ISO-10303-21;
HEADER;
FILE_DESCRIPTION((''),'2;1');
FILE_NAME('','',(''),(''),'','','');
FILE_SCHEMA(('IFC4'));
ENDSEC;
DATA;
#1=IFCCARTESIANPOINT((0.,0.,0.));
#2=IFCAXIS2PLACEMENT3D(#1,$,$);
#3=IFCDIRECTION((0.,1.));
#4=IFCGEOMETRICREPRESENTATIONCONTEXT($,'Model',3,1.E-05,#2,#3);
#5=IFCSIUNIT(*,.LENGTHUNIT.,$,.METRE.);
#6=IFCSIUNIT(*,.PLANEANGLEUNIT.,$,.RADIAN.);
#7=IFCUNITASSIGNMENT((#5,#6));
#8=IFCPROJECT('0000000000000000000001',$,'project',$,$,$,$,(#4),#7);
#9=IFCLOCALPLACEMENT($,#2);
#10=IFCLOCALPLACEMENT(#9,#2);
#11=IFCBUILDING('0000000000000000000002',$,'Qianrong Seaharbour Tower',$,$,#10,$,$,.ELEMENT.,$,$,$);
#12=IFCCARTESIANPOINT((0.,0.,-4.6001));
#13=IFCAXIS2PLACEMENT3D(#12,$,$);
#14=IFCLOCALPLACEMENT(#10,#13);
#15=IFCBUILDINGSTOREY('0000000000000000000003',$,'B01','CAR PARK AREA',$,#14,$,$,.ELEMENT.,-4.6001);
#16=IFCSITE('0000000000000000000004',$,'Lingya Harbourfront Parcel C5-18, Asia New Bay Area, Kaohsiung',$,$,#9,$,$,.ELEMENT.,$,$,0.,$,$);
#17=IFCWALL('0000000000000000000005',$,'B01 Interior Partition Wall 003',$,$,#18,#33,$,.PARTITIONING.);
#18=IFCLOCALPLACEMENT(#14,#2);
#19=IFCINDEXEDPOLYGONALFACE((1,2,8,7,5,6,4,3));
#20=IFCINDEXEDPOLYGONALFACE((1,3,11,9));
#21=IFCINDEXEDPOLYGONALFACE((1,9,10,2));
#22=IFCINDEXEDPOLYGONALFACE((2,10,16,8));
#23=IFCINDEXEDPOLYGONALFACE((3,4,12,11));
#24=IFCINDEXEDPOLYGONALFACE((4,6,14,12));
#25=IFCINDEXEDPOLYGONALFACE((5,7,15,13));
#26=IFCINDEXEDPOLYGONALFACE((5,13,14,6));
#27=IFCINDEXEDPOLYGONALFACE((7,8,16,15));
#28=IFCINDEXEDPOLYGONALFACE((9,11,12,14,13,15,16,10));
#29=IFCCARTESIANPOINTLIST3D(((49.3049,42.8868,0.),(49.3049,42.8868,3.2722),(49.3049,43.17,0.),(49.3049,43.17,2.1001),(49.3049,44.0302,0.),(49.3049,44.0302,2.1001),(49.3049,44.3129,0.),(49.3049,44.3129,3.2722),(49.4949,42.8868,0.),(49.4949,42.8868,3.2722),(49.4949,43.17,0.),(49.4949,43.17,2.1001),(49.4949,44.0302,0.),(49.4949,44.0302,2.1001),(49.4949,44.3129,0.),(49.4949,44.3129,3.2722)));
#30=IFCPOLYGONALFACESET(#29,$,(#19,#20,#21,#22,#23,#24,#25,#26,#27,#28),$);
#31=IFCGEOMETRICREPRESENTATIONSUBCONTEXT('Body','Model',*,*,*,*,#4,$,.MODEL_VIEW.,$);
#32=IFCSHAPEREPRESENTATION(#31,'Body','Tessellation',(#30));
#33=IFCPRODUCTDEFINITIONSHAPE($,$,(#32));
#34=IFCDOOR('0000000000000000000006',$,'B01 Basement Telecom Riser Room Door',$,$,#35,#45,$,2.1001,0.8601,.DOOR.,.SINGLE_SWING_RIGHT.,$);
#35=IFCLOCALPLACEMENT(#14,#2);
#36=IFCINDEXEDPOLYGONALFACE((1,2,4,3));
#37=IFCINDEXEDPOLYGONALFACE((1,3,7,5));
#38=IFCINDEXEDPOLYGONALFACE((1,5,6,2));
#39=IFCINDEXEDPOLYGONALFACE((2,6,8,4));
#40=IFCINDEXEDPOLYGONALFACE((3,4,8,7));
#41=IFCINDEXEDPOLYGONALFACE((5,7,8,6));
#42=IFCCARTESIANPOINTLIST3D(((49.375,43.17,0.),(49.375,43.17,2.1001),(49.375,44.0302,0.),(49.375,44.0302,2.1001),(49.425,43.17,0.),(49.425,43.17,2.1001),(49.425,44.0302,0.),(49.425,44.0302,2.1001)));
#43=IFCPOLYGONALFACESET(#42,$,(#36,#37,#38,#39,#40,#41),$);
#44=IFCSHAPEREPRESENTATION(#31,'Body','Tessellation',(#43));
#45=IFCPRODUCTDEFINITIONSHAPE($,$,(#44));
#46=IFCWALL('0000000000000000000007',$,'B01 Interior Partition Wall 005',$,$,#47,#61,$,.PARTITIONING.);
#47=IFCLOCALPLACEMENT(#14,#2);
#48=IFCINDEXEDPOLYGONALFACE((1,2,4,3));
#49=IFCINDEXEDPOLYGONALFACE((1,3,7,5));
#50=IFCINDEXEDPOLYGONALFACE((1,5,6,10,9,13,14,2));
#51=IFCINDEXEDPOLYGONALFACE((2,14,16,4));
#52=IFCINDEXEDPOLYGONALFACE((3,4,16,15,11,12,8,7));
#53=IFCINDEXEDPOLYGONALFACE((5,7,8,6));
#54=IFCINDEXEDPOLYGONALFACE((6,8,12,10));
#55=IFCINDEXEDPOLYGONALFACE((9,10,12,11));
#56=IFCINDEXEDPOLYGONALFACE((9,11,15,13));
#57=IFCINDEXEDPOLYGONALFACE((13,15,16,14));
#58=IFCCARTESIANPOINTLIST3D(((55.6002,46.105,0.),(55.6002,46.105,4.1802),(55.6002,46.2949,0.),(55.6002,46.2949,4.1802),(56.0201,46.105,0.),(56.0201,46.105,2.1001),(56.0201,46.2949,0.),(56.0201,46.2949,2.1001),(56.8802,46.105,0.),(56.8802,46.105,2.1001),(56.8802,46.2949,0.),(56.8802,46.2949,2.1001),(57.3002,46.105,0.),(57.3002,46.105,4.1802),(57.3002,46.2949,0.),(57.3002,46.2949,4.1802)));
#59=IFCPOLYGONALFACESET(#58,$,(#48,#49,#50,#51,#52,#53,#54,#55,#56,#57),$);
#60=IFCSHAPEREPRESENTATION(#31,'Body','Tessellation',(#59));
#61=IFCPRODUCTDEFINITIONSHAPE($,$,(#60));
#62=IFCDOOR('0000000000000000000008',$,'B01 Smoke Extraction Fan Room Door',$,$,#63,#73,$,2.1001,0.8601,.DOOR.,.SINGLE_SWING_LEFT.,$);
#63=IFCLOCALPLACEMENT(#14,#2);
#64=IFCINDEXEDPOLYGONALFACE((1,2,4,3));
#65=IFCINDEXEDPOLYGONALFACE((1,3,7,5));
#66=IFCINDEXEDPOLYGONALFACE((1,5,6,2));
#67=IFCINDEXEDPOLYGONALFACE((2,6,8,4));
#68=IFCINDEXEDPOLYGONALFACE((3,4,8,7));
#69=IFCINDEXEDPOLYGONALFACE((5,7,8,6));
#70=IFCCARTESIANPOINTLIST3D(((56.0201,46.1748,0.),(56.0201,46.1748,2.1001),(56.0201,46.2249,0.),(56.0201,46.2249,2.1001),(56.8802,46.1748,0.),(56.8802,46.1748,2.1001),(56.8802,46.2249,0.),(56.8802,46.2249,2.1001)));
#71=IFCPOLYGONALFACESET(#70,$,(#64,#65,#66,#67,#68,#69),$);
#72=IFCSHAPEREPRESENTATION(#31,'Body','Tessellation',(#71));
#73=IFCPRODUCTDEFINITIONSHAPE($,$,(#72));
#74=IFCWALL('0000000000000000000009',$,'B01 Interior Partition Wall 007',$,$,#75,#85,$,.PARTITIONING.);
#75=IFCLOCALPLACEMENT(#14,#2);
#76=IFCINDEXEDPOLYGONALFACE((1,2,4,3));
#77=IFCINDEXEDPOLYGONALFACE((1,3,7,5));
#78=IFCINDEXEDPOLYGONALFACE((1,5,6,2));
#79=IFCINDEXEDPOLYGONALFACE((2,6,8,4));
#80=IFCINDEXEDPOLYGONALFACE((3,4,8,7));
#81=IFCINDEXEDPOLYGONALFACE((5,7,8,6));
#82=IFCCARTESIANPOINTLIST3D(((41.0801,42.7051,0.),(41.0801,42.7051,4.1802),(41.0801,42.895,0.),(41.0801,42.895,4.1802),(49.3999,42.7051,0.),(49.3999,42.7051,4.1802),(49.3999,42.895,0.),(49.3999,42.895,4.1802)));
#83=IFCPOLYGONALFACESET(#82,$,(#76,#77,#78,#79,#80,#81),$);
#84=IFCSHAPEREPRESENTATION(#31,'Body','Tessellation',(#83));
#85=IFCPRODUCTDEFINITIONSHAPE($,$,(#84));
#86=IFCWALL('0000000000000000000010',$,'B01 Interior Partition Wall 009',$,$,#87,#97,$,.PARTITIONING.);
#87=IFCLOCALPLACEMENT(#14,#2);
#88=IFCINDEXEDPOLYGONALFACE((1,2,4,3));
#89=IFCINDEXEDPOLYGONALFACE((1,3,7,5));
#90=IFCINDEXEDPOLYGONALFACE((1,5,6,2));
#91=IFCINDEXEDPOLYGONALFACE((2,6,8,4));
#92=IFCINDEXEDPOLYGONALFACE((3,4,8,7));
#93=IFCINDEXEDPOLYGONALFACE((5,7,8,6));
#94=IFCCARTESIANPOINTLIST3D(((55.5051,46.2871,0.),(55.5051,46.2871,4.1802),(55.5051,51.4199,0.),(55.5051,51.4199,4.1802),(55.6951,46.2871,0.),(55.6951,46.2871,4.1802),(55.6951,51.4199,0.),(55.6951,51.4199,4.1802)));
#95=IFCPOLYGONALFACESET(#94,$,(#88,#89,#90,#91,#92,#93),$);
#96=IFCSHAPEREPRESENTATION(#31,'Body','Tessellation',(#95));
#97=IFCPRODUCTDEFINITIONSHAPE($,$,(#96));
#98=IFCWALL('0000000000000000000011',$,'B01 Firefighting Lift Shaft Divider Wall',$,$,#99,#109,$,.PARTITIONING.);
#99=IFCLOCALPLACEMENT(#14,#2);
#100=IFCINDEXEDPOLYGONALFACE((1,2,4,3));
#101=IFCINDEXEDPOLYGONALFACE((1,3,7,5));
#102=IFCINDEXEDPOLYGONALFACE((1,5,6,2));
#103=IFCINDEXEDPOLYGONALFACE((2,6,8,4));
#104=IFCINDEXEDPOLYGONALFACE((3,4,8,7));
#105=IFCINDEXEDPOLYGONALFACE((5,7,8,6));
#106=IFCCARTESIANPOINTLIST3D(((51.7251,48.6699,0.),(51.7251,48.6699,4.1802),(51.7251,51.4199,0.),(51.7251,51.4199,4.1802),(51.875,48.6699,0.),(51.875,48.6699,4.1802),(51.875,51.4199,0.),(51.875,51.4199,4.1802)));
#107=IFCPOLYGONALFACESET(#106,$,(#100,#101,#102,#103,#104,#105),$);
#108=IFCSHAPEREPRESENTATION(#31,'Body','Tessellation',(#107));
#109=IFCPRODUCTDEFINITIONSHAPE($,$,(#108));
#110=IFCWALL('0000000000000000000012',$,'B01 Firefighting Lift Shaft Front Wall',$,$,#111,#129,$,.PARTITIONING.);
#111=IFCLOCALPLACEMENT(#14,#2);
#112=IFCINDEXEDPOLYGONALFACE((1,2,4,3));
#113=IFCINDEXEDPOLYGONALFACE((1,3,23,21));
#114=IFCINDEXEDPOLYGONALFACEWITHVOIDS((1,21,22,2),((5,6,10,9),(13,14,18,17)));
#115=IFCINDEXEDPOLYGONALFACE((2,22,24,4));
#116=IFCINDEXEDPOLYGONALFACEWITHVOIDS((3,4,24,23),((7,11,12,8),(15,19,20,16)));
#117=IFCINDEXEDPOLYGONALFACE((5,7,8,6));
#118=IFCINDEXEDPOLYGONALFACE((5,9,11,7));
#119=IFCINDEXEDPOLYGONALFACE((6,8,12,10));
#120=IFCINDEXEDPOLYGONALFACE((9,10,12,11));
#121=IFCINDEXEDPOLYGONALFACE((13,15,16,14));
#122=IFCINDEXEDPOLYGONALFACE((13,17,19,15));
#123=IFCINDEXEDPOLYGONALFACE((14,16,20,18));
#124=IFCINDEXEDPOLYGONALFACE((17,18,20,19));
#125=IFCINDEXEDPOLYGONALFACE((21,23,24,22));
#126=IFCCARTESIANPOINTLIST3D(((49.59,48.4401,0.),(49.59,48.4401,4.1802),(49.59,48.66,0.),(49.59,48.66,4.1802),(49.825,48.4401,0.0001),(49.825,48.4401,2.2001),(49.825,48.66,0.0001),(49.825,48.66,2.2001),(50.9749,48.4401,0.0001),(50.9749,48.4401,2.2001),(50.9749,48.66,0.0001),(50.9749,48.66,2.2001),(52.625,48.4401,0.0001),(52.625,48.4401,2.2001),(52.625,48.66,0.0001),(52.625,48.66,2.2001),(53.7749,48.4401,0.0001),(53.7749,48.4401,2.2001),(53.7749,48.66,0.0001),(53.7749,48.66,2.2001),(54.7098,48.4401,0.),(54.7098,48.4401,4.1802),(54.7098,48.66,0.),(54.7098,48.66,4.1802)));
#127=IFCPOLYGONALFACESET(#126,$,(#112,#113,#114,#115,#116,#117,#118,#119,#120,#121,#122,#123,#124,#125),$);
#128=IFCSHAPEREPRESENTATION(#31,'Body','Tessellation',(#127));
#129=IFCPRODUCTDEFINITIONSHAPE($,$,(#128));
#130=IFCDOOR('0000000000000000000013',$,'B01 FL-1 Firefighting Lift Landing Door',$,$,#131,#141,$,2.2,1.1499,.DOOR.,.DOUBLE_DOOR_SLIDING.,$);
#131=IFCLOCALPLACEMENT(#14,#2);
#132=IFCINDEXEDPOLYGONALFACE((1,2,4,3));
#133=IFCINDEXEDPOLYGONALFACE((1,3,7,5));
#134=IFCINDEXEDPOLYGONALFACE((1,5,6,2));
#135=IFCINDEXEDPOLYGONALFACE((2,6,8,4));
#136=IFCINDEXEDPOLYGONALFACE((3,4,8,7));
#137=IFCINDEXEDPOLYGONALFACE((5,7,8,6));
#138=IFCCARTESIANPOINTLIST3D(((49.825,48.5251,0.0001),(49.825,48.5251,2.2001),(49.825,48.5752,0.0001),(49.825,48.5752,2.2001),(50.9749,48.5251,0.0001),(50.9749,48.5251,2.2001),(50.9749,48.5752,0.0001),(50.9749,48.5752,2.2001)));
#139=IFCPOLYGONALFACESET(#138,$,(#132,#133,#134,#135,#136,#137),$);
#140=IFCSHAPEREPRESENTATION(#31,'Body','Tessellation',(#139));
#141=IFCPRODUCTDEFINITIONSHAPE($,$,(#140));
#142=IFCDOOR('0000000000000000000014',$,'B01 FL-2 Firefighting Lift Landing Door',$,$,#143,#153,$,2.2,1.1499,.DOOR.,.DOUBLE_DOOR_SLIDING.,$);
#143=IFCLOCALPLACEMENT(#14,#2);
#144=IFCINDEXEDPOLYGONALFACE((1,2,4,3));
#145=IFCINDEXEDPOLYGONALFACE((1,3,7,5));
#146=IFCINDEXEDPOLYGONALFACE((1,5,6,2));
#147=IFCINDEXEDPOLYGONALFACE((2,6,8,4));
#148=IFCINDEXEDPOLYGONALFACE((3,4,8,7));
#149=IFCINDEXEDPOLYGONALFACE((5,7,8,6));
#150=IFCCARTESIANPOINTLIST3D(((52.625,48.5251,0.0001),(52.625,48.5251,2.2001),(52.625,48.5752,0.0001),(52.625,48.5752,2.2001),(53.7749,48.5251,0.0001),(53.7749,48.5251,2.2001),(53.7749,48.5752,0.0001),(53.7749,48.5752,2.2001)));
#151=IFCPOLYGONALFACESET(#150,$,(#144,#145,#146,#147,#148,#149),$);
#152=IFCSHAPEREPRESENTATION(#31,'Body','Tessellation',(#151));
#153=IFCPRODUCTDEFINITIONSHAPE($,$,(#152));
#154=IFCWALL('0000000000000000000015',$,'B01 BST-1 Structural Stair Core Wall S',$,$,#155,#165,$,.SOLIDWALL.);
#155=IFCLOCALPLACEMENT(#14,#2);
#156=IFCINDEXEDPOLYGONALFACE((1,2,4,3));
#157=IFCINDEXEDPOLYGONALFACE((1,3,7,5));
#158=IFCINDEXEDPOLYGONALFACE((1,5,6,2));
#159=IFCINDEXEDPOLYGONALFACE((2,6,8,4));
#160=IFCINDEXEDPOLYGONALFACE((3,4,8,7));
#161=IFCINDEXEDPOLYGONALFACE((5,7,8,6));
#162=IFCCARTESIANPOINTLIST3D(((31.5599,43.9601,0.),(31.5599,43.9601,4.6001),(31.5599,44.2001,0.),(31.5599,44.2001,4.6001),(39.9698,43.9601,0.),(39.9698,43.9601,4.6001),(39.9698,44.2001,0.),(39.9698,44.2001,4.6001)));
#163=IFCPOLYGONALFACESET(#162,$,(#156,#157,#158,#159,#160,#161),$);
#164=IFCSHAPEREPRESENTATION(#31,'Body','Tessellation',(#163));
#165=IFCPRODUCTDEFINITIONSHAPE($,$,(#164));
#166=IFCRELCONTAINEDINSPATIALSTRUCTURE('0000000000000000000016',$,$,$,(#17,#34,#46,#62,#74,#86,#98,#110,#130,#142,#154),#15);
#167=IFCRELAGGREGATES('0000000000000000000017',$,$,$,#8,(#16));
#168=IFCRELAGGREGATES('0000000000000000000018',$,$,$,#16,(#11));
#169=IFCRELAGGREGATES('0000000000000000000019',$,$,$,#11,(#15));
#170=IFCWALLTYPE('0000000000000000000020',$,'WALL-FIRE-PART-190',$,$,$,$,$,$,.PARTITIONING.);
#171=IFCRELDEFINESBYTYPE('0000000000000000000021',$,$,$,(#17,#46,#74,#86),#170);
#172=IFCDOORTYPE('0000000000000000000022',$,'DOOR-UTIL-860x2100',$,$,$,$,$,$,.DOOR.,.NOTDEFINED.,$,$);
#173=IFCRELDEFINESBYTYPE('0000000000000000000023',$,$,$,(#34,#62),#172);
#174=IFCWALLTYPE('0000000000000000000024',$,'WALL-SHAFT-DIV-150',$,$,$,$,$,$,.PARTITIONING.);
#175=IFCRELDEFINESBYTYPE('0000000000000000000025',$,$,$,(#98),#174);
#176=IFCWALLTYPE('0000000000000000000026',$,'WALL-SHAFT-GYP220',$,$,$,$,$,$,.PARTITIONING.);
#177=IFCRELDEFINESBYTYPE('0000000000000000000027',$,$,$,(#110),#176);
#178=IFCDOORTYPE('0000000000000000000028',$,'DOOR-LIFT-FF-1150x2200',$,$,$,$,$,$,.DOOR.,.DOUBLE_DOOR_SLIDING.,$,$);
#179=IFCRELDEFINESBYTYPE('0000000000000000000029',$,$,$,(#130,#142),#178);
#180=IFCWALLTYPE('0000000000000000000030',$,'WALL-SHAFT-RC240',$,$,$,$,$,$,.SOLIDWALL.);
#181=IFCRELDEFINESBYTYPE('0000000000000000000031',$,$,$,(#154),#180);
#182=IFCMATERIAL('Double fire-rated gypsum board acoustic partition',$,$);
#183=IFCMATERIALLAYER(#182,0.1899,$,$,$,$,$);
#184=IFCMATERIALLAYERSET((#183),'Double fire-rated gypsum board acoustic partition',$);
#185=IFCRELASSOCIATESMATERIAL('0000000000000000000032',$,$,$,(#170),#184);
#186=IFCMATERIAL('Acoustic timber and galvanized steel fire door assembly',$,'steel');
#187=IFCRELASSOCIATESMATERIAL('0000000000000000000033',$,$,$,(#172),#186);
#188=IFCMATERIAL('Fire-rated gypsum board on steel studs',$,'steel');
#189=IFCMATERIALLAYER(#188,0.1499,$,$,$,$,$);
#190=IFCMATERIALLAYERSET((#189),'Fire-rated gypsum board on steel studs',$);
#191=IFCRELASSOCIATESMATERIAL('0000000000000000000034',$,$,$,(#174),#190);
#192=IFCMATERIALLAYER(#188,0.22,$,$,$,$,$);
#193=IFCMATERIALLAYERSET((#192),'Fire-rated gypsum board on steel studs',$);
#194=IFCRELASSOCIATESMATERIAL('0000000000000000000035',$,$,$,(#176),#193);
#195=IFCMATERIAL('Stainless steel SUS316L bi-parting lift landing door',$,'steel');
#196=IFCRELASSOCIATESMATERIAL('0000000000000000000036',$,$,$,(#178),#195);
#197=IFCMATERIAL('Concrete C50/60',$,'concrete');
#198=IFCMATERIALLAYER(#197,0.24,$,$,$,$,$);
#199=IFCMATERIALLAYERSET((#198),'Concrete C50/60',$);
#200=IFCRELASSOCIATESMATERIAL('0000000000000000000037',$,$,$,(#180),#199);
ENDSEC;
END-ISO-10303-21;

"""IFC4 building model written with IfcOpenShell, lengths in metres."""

from ifc_helpers import new_model, si_unit, direction, frame, frame_2d, origin, place, context, subcontext, project, spatial, rectangle, extrude, material, layer, layer_set, type_object, element, fill, save


model = new_model("IFC4")

# Units and contexts
model_context = context("Model", 3, precision=1e-05, world=origin(), true_north=direction((0.0, 1.0)))
body_context = subcontext(model_context, "Body", "Model", "MODEL_VIEW")
ifc_project = project(units=[si_unit("LENGTHUNIT", "METRE"), si_unit("PLANEANGLEUNIT", "RADIAN")], contexts=[model_context])

# Site, building, storey
site_placement = place(None, origin())
site = spatial("IfcSite", under=ifc_project, at=site_placement, Name="Lingya Harbourfront Parcel C5-18, Asia New Bay Area, Kaohsiung", CompositionType="ELEMENT", RefElevation=0.0)
building_placement = place(site_placement, origin())
building = spatial("IfcBuilding", under=site, at=building_placement, Name="Qianrong Seaharbour Tower", CompositionType="ELEMENT")
storey_placement = place(building_placement, frame((0.0, 0.0, -4.6001)))
storey = spatial("IfcBuildingStorey", under=building, at=storey_placement, Name="B01", Description="CAR PARK AREA", CompositionType="ELEMENT", Elevation=-4.6001)

# Walls, openings, doors
ifc_material_1 = material(Name="Double fire-rated gypsum board acoustic partition")
ifc_layer_1 = layer(ifc_material_1, 0.1899)
ifc_layer_set_1 = layer_set([ifc_layer_1], Name="Double fire-rated gypsum board acoustic partition")
wall_type_1 = type_object("IfcWallType", Name="WALL-FIRE-PART-190", PredefinedType="PARTITIONING", material=ifc_layer_set_1)
ifc_material_2 = material(Name="Acoustic timber and galvanized steel fire door assembly", Category="steel")
wall_1_placement = place(storey_placement, frame((49.3999, 42.887, 0.0), z_axis=(0.0, 0.0, 1.0), x_axis=(0.0, 1.0, 0.0)))
wall_1 = element("IfcWall", 1, at=wall_1_placement, inside=storey, type_object=wall_type_1, Name="B01 Interior Partition Wall 003", PredefinedType="PARTITIONING", context=body_context, shape_type="SweptSolid", body=[
    extrude(rectangle(XDim=1.426, YDim=0.1899, at=frame_2d((0.7129, 0.0))), origin(), (0.0, 0.0, 1.0), 3.2722),
])
opening_1_placement = place(wall_1_placement, frame((0.283, 0.0, 0.0)))
opening_1 = element("IfcOpeningElement", 2, at=opening_1_placement, cuts=wall_1, PredefinedType="OPENING", context=body_context, shape_type="SweptSolid", body=[
    extrude(rectangle(XDim=0.8601, YDim=2.1001, at=frame_2d((0.4302, 1.05))), frame((0.0, 0.105, 0.0), z_axis=(0.0, -1.0, 0.0), x_axis=(1.0, 0.0, 0.0)), (0.0, 0.0, 1.0), 0.21),
])
door_type_1 = type_object("IfcDoorType", Name="DOOR-UTIL-860x2100", OperationType="NOTDEFINED", PredefinedType="DOOR", material=ifc_material_2)
door_1_placement = place(opening_1_placement, origin())
door_1 = element("IfcDoor", 3, at=door_1_placement, inside=storey, type_object=door_type_1, Name="B01 Basement Telecom Riser Room Door", OperationType="SINGLE_SWING_RIGHT", OverallHeight=2.1001, OverallWidth=0.8601, PredefinedType="DOOR", context=body_context, shape_type="SweptSolid", body=[
    extrude(rectangle(XDim=0.8601, YDim=2.1001, at=frame_2d((0.4302, 1.05))), frame((0.0, 0.0249, 0.0), z_axis=(0.0, -1.0, 0.0), x_axis=(1.0, 0.0, 0.0)), (0.0, 0.0, 1.0), 0.05),
])
fill(opening_1, door_1)
wall_2_placement = place(storey_placement, frame((55.6001, 46.2, 0.0), z_axis=(0.0, 0.0, 1.0), x_axis=(1.0, 0.0, 0.0)))
wall_2 = element("IfcWall", 4, at=wall_2_placement, inside=storey, type_object=wall_type_1, Name="B01 Interior Partition Wall 005", PredefinedType="PARTITIONING", context=body_context, shape_type="SweptSolid", body=[
    extrude(rectangle(XDim=1.7, YDim=0.1899, at=frame_2d((0.8501, 0.0))), origin(), (0.0, 0.0, 1.0), 4.1802),
])
opening_2_placement = place(wall_2_placement, frame((0.4199, 0.0, 0.0)))
opening_2 = element("IfcOpeningElement", 5, at=opening_2_placement, cuts=wall_2, PredefinedType="OPENING", context=body_context, shape_type="SweptSolid", body=[
    extrude(rectangle(XDim=0.8601, YDim=2.1001, at=frame_2d((0.4302, 1.05))), frame((0.0, 0.105, 0.0), z_axis=(0.0, -1.0, 0.0), x_axis=(1.0, 0.0, 0.0)), (0.0, 0.0, 1.0), 0.21),
])
door_2_placement = place(opening_2_placement, origin())
door_2 = element("IfcDoor", 6, at=door_2_placement, inside=storey, type_object=door_type_1, Name="B01 Smoke Extraction Fan Room Door", OperationType="SINGLE_SWING_LEFT", OverallHeight=2.1001, OverallWidth=0.8601, PredefinedType="DOOR", context=body_context, shape_type="SweptSolid", body=[
    extrude(rectangle(XDim=0.8601, YDim=2.1001, at=frame_2d((0.4302, 1.05))), frame((0.0, 0.0249, 0.0), z_axis=(0.0, -1.0, 0.0), x_axis=(1.0, 0.0, 0.0)), (0.0, 0.0, 1.0), 0.05),
])
fill(opening_2, door_2)

# Walls
wall_3_placement = place(storey_placement, frame((41.0801, 42.8, 0.0), z_axis=(0.0, 0.0, 1.0), x_axis=(1.0, 0.0, 0.0)))
element("IfcWall", 7, at=wall_3_placement, inside=storey, type_object=wall_type_1, Name="B01 Interior Partition Wall 007", PredefinedType="PARTITIONING", context=body_context, shape_type="SweptSolid", body=[
    extrude(rectangle(XDim=8.3198, YDim=0.1899, at=frame_2d((4.1599, 0.0))), origin(), (0.0, 0.0, 1.0), 4.1802),
])
wall_4_placement = place(storey_placement, frame((55.6001, 46.2871, 0.0), z_axis=(0.0, 0.0, 1.0), x_axis=(0.0, 1.0, 0.0)))
element("IfcWall", 8, at=wall_4_placement, inside=storey, type_object=wall_type_1, Name="B01 Interior Partition Wall 009", PredefinedType="PARTITIONING", context=body_context, shape_type="SweptSolid", body=[
    extrude(rectangle(XDim=5.1328, YDim=0.1899, at=frame_2d((2.5664, 0.0))), origin(), (0.0, 0.0, 1.0), 4.1802),
])
ifc_material_3 = material(Name="Fire-rated gypsum board on steel studs", Category="steel")
ifc_layer_2 = layer(ifc_material_3, 0.1499)
ifc_layer_set_2 = layer_set([ifc_layer_2], Name="Fire-rated gypsum board on steel studs")
wall_type_2 = type_object("IfcWallType", Name="WALL-SHAFT-DIV-150", PredefinedType="PARTITIONING", material=ifc_layer_set_2)
wall_5_placement = place(storey_placement, frame((51.8, 48.6699, 0.0), z_axis=(0.0, 0.0, 1.0), x_axis=(0.0, 1.0, 0.0)))
element("IfcWall", 9, at=wall_5_placement, inside=storey, type_object=wall_type_2, Name="B01 Firefighting Lift Shaft Divider Wall", PredefinedType="PARTITIONING", context=body_context, shape_type="SweptSolid", body=[
    extrude(rectangle(XDim=2.75, YDim=0.1499, at=frame_2d((1.375, 0.0))), origin(), (0.0, 0.0, 1.0), 4.1802),
])

# Wall, openings, doors
ifc_layer_3 = layer(ifc_material_3, 0.22)
ifc_layer_set_3 = layer_set([ifc_layer_3], Name="Fire-rated gypsum board on steel studs")
wall_type_3 = type_object("IfcWallType", Name="WALL-SHAFT-GYP220", PredefinedType="PARTITIONING", material=ifc_layer_set_3)
wall_6_placement = place(storey_placement, frame((54.71, 48.55, 0.0), z_axis=(0.0, 0.0, 1.0), x_axis=(-1.0, 0.0, 0.0)))
wall_6 = element("IfcWall", 10, at=wall_6_placement, inside=storey, type_object=wall_type_3, Name="B01 Firefighting Lift Shaft Front Wall", PredefinedType="PARTITIONING", context=body_context, shape_type="SweptSolid", body=[
    extrude(rectangle(XDim=5.1199, YDim=0.22, at=frame_2d((2.5601, 0.0))), origin(), (0.0, 0.0, 1.0), 4.1802),
])
opening_3_placement = place(wall_6_placement, frame((3.7351, 0.0, 0.0)))
opening_3 = element("IfcOpeningElement", 11, at=opening_3_placement, cuts=wall_6, PredefinedType="OPENING", context=body_context, shape_type="SweptSolid", body=[
    extrude(rectangle(XDim=1.1499, YDim=2.2, at=frame_2d((0.575, 1.1001))), frame((0.0, 0.1201, 0.0), z_axis=(0.0, -1.0, 0.0), x_axis=(1.0, 0.0, 0.0)), (0.0, 0.0, 1.0), 0.24),
])
opening_4_placement = place(wall_6_placement, frame((0.9351, 0.0, 0.0)))
opening_4 = element("IfcOpeningElement", 12, at=opening_4_placement, cuts=wall_6, PredefinedType="OPENING", context=body_context, shape_type="SweptSolid", body=[
    extrude(rectangle(XDim=1.1499, YDim=2.2, at=frame_2d((0.575, 1.1001))), frame((0.0, 0.1201, 0.0), z_axis=(0.0, -1.0, 0.0), x_axis=(1.0, 0.0, 0.0)), (0.0, 0.0, 1.0), 0.24),
])
ifc_material_4 = material(Name="Stainless steel SUS316L bi-parting lift landing door", Category="steel")
door_type_2 = type_object("IfcDoorType", Name="DOOR-LIFT-FF-1150x2200", OperationType="DOUBLE_DOOR_SLIDING", PredefinedType="DOOR", material=ifc_material_4)
door_3_placement = place(opening_3_placement, origin())
door_3 = element("IfcDoor", 13, at=door_3_placement, inside=storey, type_object=door_type_2, Name="B01 FL-1 Firefighting Lift Landing Door", OperationType="DOUBLE_DOOR_SLIDING", OverallHeight=2.2, OverallWidth=1.1499, PredefinedType="DOOR", context=body_context, shape_type="SweptSolid", body=[
    extrude(rectangle(XDim=1.1499, YDim=2.2, at=frame_2d((0.575, 1.1001))), frame((0.0, 0.0249, 0.0), z_axis=(0.0, -1.0, 0.0), x_axis=(1.0, 0.0, 0.0)), (0.0, 0.0, 1.0), 0.05),
])
fill(opening_3, door_3)
door_4_placement = place(opening_4_placement, origin())
door_4 = element("IfcDoor", 14, at=door_4_placement, inside=storey, type_object=door_type_2, Name="B01 FL-2 Firefighting Lift Landing Door", OperationType="DOUBLE_DOOR_SLIDING", OverallHeight=2.2, OverallWidth=1.1499, PredefinedType="DOOR", context=body_context, shape_type="SweptSolid", body=[
    extrude(rectangle(XDim=1.1499, YDim=2.2, at=frame_2d((0.575, 1.1001))), frame((0.0, 0.0249, 0.0), z_axis=(0.0, -1.0, 0.0), x_axis=(1.0, 0.0, 0.0)), (0.0, 0.0, 1.0), 0.05),
])
fill(opening_4, door_4)

# Wall
ifc_material_5 = material(Name="Concrete C50/60", Category="concrete")
ifc_layer_4 = layer(ifc_material_5, 0.24)
ifc_layer_set_4 = layer_set([ifc_layer_4], Name="Concrete C50/60")
wall_type_4 = type_object("IfcWallType", Name="WALL-SHAFT-RC240", PredefinedType="SOLIDWALL", material=ifc_layer_set_4)
wall_7_placement = place(storey_placement, frame((39.97, 44.0801, 0.0), z_axis=(0.0, 0.0, 1.0), x_axis=(-1.0, 0.0, 0.0)))
element("IfcWall", 15, at=wall_7_placement, inside=storey, type_object=wall_type_4, Name="B01 BST-1 Structural Stair Core Wall S", PredefinedType="SOLIDWALL", context=body_context, shape_type="SweptSolid", body=[
    extrude(rectangle(XDim=8.4099, YDim=0.24, at=frame_2d((4.2051, 0.0))), origin(), (0.0, 0.0, 1.0), 4.6001),
])

save(model, "model.ifc")
